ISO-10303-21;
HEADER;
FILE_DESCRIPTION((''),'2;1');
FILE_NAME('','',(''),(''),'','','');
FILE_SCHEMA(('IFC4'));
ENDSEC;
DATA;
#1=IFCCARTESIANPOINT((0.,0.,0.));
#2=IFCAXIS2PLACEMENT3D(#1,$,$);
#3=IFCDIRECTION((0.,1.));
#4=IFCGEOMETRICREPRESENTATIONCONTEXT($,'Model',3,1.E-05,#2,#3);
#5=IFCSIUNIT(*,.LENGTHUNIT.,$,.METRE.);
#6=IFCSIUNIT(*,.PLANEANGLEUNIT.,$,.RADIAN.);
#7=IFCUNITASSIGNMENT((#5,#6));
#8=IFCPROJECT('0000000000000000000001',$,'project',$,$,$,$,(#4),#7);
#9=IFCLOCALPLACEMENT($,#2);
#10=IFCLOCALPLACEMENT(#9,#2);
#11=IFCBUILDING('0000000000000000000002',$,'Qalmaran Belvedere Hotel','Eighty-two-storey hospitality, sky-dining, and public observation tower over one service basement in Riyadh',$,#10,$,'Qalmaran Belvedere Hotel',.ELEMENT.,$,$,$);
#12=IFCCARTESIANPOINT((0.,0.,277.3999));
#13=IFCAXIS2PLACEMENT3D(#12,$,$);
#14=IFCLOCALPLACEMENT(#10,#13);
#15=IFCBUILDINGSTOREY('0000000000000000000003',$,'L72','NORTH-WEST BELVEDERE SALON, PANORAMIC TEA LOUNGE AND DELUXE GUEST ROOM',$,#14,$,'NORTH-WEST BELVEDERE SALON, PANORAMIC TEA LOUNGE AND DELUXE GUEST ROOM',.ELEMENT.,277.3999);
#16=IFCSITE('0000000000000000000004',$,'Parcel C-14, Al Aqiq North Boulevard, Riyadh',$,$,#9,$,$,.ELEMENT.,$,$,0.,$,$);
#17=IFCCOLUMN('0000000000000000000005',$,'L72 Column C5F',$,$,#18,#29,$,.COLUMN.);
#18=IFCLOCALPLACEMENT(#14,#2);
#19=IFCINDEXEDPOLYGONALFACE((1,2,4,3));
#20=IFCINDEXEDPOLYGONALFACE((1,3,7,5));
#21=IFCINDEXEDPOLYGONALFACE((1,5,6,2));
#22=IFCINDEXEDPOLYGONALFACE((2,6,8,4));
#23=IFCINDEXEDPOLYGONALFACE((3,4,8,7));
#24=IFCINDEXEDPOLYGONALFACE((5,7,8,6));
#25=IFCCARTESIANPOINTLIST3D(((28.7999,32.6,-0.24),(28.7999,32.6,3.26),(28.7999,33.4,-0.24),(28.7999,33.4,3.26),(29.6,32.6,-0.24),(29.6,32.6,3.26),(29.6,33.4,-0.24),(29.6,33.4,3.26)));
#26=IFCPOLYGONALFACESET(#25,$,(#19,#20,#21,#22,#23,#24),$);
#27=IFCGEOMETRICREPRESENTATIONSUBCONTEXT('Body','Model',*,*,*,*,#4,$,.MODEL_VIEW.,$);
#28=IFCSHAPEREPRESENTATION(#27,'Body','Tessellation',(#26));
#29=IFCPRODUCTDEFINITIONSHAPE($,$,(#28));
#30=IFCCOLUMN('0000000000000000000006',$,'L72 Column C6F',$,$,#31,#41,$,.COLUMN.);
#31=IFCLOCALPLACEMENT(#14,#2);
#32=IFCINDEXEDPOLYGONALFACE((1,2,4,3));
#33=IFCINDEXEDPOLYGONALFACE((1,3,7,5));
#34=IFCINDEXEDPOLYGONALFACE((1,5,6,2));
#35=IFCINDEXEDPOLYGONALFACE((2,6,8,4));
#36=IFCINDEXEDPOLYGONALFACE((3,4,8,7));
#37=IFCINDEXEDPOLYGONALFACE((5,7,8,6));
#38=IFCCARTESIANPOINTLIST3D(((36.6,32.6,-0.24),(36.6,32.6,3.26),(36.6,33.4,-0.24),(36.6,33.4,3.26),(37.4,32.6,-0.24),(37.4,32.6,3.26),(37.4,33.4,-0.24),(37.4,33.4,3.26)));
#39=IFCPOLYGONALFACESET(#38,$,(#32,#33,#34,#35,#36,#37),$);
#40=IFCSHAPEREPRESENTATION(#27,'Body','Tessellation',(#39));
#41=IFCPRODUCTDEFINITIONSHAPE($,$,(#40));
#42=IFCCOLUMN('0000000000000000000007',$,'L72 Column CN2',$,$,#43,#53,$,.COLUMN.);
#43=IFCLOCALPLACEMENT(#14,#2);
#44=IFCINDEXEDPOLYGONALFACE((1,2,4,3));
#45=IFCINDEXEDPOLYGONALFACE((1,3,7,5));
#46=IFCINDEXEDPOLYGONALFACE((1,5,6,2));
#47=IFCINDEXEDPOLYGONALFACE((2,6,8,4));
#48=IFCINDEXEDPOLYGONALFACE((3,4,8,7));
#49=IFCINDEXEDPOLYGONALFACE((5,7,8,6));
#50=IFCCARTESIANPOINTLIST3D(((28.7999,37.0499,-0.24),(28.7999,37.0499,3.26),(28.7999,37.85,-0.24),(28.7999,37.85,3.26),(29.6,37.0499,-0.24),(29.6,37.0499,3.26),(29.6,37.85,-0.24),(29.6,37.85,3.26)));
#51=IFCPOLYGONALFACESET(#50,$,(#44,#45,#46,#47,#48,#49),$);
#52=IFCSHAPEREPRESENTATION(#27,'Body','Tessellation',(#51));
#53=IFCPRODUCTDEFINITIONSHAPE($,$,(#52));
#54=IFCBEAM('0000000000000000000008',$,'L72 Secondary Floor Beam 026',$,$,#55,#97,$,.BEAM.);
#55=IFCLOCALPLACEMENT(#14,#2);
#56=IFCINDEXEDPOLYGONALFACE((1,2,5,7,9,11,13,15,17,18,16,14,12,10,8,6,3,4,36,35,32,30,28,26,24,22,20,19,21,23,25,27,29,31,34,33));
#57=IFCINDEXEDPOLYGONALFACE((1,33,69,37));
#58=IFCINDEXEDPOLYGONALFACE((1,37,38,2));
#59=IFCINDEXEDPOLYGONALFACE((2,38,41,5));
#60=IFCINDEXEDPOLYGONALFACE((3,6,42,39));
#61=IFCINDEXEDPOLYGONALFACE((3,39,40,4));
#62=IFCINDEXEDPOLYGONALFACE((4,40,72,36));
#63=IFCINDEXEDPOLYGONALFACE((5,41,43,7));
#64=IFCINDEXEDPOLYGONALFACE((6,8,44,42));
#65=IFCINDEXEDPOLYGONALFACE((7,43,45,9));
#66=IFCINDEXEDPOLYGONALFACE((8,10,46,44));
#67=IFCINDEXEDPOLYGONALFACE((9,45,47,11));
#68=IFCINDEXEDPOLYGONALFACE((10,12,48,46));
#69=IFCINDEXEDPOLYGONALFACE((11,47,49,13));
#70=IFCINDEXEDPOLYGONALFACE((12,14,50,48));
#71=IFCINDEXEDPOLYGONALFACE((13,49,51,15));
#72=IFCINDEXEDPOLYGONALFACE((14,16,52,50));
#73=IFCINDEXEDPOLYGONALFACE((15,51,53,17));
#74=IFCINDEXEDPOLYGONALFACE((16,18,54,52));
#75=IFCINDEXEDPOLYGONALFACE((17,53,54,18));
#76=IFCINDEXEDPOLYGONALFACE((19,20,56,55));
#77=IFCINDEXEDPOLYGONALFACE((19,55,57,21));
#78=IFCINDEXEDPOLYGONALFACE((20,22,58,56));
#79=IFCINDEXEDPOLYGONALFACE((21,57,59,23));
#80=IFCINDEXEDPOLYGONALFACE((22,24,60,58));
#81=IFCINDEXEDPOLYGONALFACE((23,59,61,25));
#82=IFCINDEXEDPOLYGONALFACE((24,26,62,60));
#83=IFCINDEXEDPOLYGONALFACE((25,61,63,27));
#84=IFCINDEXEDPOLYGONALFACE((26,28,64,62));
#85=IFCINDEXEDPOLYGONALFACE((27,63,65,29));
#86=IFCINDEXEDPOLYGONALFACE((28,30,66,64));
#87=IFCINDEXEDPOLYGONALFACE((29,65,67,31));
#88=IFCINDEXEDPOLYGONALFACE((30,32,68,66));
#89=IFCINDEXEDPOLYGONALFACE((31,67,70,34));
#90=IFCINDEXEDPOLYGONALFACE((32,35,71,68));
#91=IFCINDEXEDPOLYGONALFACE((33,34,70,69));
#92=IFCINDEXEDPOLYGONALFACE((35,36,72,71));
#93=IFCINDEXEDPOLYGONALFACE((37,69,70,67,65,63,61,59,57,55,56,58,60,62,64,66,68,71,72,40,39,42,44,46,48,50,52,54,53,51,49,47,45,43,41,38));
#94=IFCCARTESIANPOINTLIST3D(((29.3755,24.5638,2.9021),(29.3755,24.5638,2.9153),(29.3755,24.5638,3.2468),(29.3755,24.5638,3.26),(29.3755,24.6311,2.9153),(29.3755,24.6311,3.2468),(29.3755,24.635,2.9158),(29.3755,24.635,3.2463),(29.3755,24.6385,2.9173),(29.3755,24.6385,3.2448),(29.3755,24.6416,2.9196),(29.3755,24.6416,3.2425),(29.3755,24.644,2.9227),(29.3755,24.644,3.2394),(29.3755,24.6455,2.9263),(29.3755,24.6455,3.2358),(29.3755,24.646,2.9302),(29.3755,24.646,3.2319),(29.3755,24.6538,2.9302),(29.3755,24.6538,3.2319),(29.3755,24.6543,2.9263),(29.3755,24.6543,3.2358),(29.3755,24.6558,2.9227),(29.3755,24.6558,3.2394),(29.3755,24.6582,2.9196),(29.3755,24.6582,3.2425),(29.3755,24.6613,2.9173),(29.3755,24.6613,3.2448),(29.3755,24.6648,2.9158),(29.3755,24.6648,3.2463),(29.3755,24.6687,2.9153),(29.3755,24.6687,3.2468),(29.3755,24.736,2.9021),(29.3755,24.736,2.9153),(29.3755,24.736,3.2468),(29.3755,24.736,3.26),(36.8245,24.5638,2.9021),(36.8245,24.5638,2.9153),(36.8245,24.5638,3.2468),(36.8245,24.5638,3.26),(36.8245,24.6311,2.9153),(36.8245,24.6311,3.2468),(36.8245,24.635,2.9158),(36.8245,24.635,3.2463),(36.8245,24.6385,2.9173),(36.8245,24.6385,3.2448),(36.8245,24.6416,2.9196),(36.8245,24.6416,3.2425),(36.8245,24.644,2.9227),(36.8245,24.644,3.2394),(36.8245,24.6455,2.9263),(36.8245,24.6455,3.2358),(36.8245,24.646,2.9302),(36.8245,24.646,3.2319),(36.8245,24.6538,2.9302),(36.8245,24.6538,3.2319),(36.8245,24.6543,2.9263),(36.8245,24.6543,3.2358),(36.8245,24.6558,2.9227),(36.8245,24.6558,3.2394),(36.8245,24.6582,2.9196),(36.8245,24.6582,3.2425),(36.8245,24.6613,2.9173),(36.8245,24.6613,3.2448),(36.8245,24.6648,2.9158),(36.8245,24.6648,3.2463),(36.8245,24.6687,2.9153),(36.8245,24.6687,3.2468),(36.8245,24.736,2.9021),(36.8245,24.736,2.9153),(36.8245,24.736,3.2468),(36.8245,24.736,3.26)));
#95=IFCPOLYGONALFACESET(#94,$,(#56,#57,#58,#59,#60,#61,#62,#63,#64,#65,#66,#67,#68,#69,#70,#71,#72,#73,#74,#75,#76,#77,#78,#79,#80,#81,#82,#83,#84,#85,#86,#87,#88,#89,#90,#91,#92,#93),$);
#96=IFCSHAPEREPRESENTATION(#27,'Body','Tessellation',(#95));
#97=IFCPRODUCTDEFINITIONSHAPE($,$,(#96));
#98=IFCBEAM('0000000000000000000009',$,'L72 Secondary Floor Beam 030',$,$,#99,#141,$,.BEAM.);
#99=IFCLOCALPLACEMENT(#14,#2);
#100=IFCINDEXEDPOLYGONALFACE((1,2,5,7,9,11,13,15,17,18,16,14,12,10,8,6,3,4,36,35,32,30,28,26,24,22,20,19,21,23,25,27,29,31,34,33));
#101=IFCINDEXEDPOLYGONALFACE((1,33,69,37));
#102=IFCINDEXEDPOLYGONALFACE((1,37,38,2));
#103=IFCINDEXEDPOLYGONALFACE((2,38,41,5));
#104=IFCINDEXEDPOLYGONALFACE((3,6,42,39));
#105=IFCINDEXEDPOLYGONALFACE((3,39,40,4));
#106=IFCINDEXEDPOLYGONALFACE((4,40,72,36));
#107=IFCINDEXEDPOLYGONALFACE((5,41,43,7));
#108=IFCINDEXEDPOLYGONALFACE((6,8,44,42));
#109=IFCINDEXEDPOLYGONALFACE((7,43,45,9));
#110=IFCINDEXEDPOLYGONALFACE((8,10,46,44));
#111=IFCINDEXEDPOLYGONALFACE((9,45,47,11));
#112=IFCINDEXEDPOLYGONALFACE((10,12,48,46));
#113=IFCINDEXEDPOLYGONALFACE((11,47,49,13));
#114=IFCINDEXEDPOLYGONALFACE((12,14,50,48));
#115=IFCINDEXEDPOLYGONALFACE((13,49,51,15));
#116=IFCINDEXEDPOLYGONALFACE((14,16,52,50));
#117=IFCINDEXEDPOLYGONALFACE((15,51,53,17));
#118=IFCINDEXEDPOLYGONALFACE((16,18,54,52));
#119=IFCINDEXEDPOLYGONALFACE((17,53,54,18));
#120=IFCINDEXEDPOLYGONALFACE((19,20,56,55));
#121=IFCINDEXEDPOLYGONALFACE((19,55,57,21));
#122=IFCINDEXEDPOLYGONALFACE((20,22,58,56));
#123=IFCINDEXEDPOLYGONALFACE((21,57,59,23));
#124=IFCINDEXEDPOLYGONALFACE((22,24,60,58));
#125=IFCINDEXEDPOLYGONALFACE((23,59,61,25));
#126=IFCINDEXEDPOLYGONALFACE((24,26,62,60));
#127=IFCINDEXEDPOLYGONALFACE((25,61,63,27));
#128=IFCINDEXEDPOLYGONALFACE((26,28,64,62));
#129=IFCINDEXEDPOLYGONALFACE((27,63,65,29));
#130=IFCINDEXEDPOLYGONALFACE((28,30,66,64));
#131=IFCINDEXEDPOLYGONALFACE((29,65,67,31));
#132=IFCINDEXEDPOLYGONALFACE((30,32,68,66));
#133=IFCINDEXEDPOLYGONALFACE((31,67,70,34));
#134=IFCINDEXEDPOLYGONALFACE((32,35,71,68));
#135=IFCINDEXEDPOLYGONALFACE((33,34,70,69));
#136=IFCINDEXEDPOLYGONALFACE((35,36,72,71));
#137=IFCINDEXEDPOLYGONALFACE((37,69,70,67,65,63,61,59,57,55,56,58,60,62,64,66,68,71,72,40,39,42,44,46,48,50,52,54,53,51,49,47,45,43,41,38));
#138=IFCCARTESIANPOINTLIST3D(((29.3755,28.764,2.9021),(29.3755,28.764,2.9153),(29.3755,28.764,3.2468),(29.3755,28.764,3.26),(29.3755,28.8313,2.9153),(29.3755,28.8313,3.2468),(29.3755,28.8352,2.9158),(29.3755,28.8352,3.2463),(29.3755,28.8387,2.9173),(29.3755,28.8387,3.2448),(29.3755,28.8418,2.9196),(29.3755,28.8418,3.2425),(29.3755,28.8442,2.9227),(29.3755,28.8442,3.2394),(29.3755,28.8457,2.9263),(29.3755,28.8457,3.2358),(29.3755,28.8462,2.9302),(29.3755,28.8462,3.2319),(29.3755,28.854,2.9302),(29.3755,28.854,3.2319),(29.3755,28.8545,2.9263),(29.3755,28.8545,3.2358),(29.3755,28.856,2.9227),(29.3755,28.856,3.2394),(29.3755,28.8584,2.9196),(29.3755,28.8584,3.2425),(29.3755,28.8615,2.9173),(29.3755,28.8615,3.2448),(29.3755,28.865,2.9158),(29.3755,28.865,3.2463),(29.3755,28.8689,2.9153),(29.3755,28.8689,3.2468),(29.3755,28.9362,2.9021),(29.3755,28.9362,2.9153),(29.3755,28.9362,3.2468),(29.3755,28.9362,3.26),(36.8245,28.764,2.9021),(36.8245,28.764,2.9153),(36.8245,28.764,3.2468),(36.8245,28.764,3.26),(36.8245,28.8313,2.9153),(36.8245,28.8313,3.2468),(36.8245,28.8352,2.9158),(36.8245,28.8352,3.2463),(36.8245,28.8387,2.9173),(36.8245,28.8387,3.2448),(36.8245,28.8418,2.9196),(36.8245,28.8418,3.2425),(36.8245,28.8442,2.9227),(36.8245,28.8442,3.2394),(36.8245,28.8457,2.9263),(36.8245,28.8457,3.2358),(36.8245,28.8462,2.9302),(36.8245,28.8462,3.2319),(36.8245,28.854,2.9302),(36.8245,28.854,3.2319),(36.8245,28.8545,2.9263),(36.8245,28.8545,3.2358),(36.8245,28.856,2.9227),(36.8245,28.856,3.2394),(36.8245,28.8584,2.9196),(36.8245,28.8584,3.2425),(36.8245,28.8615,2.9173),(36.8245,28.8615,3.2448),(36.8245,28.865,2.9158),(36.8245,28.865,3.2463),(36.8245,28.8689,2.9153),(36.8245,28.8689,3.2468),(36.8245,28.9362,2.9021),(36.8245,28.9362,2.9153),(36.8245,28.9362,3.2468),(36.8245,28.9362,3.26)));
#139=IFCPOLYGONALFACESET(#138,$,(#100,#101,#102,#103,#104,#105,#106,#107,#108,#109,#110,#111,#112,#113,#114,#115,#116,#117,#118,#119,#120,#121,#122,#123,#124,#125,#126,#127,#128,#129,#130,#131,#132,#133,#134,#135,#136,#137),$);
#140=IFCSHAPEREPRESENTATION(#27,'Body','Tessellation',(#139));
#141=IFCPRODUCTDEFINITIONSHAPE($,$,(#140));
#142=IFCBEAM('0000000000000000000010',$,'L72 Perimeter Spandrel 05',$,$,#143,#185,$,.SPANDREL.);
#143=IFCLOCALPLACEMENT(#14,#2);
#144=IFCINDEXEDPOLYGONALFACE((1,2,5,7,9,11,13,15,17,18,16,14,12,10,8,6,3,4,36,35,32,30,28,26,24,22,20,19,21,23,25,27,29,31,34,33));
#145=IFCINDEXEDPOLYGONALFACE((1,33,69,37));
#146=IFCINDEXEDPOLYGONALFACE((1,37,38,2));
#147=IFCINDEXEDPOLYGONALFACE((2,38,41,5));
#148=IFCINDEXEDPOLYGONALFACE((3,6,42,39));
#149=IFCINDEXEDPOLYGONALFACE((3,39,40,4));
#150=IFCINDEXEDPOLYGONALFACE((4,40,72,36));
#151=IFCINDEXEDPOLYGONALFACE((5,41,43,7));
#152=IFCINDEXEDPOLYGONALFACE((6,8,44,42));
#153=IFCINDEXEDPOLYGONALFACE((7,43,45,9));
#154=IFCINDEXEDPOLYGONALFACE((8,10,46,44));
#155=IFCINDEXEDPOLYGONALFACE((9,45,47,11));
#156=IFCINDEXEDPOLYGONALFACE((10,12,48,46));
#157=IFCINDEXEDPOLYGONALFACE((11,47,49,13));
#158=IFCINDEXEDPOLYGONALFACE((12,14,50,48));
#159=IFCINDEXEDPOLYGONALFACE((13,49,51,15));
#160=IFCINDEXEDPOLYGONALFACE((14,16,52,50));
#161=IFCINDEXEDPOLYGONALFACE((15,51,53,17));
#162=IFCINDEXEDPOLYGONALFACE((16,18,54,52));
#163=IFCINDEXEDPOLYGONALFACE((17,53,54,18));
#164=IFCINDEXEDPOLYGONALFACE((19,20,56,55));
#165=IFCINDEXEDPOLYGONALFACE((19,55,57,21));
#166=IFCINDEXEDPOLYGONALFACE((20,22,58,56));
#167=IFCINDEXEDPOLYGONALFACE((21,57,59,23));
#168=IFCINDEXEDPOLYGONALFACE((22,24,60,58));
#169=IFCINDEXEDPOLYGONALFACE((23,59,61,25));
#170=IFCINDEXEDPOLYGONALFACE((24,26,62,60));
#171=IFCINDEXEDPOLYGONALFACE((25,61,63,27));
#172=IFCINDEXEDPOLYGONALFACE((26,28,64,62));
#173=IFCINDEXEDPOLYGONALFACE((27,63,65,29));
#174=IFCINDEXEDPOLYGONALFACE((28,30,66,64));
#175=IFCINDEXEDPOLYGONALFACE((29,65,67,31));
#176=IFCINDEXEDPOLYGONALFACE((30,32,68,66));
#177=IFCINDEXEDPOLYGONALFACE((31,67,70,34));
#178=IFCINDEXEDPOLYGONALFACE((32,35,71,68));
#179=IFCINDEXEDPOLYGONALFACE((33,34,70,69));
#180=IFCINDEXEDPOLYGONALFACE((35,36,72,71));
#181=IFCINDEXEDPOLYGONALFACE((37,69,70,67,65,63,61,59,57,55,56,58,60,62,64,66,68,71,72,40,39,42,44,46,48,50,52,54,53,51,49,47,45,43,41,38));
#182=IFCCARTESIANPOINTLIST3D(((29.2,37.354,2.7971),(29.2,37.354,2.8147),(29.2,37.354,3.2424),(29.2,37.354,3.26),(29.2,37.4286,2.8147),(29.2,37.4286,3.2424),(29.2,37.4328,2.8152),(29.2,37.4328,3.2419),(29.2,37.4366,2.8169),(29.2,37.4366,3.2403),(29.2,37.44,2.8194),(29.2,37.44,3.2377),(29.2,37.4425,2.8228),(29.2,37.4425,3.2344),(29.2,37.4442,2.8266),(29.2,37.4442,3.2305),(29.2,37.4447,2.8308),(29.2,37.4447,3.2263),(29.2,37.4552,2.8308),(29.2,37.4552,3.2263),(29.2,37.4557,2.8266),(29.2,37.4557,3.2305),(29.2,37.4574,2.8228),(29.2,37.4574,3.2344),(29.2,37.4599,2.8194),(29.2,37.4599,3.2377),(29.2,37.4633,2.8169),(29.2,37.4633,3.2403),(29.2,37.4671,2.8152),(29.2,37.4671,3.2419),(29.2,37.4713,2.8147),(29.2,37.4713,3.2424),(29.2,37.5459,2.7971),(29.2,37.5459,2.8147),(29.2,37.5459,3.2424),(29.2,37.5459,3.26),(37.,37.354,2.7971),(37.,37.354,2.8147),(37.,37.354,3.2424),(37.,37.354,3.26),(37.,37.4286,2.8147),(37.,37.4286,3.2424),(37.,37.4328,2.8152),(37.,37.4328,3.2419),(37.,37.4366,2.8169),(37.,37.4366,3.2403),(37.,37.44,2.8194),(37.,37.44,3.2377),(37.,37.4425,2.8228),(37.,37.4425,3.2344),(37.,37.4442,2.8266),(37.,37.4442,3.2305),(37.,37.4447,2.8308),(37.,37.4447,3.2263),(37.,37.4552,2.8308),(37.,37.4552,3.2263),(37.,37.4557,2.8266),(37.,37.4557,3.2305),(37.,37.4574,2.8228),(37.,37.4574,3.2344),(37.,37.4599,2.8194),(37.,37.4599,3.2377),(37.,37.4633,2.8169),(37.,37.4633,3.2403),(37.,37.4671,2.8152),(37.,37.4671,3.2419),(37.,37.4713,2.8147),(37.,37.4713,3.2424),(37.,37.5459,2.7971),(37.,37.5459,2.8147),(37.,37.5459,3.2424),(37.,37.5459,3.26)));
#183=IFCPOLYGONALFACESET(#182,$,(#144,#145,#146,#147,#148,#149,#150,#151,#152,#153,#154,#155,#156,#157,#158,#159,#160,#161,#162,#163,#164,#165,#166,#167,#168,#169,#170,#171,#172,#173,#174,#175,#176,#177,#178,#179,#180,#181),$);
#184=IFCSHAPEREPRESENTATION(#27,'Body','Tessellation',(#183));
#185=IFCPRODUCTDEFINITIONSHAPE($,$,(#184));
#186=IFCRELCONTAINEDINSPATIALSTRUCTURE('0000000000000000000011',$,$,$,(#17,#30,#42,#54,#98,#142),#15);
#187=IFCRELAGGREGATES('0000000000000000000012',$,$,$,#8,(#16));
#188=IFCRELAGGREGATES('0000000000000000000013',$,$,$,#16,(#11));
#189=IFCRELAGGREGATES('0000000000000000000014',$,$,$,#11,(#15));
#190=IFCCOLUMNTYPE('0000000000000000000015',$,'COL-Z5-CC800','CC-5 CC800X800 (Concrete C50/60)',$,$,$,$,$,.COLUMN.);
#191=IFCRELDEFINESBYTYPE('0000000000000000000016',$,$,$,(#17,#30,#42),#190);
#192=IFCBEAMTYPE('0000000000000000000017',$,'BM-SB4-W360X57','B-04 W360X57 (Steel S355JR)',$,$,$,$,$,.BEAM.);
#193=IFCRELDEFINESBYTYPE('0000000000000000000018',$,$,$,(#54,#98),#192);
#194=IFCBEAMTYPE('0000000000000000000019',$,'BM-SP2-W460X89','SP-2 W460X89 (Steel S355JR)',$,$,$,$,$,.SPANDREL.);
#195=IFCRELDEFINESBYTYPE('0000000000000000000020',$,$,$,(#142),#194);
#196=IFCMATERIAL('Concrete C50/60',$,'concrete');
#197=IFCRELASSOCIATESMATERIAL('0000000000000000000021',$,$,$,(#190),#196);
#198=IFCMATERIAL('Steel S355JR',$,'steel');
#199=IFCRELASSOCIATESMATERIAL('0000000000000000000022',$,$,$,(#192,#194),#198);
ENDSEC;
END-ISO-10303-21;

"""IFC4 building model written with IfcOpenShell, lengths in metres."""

from ifc_helpers import new_model, si_unit, direction, frame, origin, origin_2d, place, context, subcontext, project, spatial, rectangle, i_section, extrude, material, material_profile, profile_set, type_object, element, save


model = new_model("IFC4")

# Units and contexts
model_context = context("Model", 3, precision=1e-05, world=origin(), true_north=direction((0.0, 1.0)))
body_context = subcontext(model_context, "Body", "Model", "MODEL_VIEW")
ifc_project = project(units=[si_unit("LENGTHUNIT", "METRE"), si_unit("PLANEANGLEUNIT", "RADIAN")], contexts=[model_context])

# Site, building, storey
site_placement = place(None, origin())
site = spatial("IfcSite", under=ifc_project, at=site_placement, Name="Parcel C-14, Al Aqiq North Boulevard, Riyadh", CompositionType="ELEMENT", RefElevation=0.0)
building_placement = place(site_placement, origin())
building = spatial("IfcBuilding", under=site, at=building_placement, Name="Qalmaran Belvedere Hotel", Description="Eighty-two-storey hospitality, sky-dining, and public observation tower over one service basement in Riyadh", LongName="Qalmaran Belvedere Hotel", CompositionType="ELEMENT")
storey_placement = place(building_placement, frame((0.0, 0.0, 277.3999)))
storey = spatial("IfcBuildingStorey", under=building, at=storey_placement, Name="L72", Description="NORTH-WEST BELVEDERE SALON, PANORAMIC TEA LOUNGE AND DELUXE GUEST ROOM", LongName="NORTH-WEST BELVEDERE SALON, PANORAMIC TEA LOUNGE AND DELUXE GUEST ROOM", CompositionType="ELEMENT", Elevation=277.3999)

# Columns
ifc_material_1 = material(Name="Concrete C50/60", Category="concrete")
ifc_material_profile_1 = material_profile(ifc_material_1, rectangle(XDim=0.8, YDim=0.8, at=origin_2d()), Name="CC800X800")
ifc_profile_set_1 = profile_set([ifc_material_profile_1], Name="Concrete C50/60")
column_type = type_object("IfcColumnType", Name="COL-Z5-CC800", Description="CC-5 CC800X800 (Concrete C50/60)", PredefinedType="COLUMN", material=ifc_profile_set_1)
for number, where, z_axis, x_axis, name in (
    (1, (29.2, 33.0, -0.24), (0.0, 0.0, 1.0), (1.0, 0.0, 0.0), "L72 Column C5F"),
    (2, (37.0, 33.0, -0.24), (0.0, 0.0, 1.0), (1.0, 0.0, 0.0), "L72 Column C6F"),
    (3, (29.2, 37.45, -0.24), (0.0, 0.0, 1.0), (1.0, 0.0, 0.0), "L72 Column CN2"),
):
    element("IfcColumn", number, at=place(storey_placement, frame(where, z_axis=z_axis, x_axis=x_axis)), inside=storey, type_object=column_type, Name=name, PredefinedType="COLUMN", context=body_context, shape_type="SweptSolid", body=[
        extrude(rectangle(XDim=0.8, YDim=0.8, at=origin_2d()), origin(), (0.0, 0.0, 1.0), 3.5),
    ])

# Beams
ifc_material_2 = material(Name="Steel S355JR", Category="steel")
ifc_material_profile_2 = material_profile(ifc_material_2, i_section(OverallWidth=0.1721, OverallDepth=0.3579, WebThickness=0.0078, FlangeThickness=0.0132, FilletRadius=0.0149, at=origin_2d()), Name="W360X57")
ifc_profile_set_2 = profile_set([ifc_material_profile_2], Name="Steel S355JR")
beam_type_1 = type_object("IfcBeamType", Name="BM-SB4-W360X57", Description="B-04 W360X57 (Steel S355JR)", PredefinedType="BEAM", material=ifc_profile_set_2)
for number, where, z_axis, x_axis, name in (
    (4, (29.3755, 24.6499, 3.0811), (1.0, 0.0, 0.0), (0.0, 1.0, 0.0), "L72 Secondary Floor Beam 026"),
    (5, (29.3755, 28.8501, 3.0811), (1.0, 0.0, 0.0), (0.0, 1.0, 0.0), "L72 Secondary Floor Beam 030"),
):
    element("IfcBeam", number, at=place(storey_placement, frame(where, z_axis=z_axis, x_axis=x_axis)), inside=storey, type_object=beam_type_1, Name=name, PredefinedType="BEAM", context=body_context, shape_type="SweptSolid", body=[
        extrude(i_section(OverallWidth=0.1721, OverallDepth=0.3579, WebThickness=0.0078, FlangeThickness=0.0132, FilletRadius=0.0149, at=origin_2d()), origin(), (0.0, 0.0, 1.0), 7.449),
    ])
ifc_material_profile_3 = material_profile(ifc_material_2, i_section(OverallWidth=0.1919, OverallDepth=0.4629, WebThickness=0.0105, FlangeThickness=0.0176, FilletRadius=0.0161, at=origin_2d()), Name="W460X89")
ifc_profile_set_3 = profile_set([ifc_material_profile_3], Name="Steel S355JR")
beam_type_2 = type_object("IfcBeamType", Name="BM-SP2-W460X89", Description="SP-2 W460X89 (Steel S355JR)", PredefinedType="SPANDREL", material=ifc_profile_set_3)
beam_1_placement = place(storey_placement, frame((29.2, 37.45, 3.0286), z_axis=(1.0, 0.0, 0.0), x_axis=(0.0, 1.0, 0.0)))
element("IfcBeam", 6, at=beam_1_placement, inside=storey, type_object=beam_type_2, Name="L72 Perimeter Spandrel 05", PredefinedType="SPANDREL", context=body_context, shape_type="SweptSolid", body=[
    extrude(i_section(OverallWidth=0.1919, OverallDepth=0.4629, WebThickness=0.0105, FlangeThickness=0.0176, FilletRadius=0.0161, at=origin_2d()), origin(), (0.0, 0.0, 1.0), 7.8),
])

save(model, "model.ifc")
